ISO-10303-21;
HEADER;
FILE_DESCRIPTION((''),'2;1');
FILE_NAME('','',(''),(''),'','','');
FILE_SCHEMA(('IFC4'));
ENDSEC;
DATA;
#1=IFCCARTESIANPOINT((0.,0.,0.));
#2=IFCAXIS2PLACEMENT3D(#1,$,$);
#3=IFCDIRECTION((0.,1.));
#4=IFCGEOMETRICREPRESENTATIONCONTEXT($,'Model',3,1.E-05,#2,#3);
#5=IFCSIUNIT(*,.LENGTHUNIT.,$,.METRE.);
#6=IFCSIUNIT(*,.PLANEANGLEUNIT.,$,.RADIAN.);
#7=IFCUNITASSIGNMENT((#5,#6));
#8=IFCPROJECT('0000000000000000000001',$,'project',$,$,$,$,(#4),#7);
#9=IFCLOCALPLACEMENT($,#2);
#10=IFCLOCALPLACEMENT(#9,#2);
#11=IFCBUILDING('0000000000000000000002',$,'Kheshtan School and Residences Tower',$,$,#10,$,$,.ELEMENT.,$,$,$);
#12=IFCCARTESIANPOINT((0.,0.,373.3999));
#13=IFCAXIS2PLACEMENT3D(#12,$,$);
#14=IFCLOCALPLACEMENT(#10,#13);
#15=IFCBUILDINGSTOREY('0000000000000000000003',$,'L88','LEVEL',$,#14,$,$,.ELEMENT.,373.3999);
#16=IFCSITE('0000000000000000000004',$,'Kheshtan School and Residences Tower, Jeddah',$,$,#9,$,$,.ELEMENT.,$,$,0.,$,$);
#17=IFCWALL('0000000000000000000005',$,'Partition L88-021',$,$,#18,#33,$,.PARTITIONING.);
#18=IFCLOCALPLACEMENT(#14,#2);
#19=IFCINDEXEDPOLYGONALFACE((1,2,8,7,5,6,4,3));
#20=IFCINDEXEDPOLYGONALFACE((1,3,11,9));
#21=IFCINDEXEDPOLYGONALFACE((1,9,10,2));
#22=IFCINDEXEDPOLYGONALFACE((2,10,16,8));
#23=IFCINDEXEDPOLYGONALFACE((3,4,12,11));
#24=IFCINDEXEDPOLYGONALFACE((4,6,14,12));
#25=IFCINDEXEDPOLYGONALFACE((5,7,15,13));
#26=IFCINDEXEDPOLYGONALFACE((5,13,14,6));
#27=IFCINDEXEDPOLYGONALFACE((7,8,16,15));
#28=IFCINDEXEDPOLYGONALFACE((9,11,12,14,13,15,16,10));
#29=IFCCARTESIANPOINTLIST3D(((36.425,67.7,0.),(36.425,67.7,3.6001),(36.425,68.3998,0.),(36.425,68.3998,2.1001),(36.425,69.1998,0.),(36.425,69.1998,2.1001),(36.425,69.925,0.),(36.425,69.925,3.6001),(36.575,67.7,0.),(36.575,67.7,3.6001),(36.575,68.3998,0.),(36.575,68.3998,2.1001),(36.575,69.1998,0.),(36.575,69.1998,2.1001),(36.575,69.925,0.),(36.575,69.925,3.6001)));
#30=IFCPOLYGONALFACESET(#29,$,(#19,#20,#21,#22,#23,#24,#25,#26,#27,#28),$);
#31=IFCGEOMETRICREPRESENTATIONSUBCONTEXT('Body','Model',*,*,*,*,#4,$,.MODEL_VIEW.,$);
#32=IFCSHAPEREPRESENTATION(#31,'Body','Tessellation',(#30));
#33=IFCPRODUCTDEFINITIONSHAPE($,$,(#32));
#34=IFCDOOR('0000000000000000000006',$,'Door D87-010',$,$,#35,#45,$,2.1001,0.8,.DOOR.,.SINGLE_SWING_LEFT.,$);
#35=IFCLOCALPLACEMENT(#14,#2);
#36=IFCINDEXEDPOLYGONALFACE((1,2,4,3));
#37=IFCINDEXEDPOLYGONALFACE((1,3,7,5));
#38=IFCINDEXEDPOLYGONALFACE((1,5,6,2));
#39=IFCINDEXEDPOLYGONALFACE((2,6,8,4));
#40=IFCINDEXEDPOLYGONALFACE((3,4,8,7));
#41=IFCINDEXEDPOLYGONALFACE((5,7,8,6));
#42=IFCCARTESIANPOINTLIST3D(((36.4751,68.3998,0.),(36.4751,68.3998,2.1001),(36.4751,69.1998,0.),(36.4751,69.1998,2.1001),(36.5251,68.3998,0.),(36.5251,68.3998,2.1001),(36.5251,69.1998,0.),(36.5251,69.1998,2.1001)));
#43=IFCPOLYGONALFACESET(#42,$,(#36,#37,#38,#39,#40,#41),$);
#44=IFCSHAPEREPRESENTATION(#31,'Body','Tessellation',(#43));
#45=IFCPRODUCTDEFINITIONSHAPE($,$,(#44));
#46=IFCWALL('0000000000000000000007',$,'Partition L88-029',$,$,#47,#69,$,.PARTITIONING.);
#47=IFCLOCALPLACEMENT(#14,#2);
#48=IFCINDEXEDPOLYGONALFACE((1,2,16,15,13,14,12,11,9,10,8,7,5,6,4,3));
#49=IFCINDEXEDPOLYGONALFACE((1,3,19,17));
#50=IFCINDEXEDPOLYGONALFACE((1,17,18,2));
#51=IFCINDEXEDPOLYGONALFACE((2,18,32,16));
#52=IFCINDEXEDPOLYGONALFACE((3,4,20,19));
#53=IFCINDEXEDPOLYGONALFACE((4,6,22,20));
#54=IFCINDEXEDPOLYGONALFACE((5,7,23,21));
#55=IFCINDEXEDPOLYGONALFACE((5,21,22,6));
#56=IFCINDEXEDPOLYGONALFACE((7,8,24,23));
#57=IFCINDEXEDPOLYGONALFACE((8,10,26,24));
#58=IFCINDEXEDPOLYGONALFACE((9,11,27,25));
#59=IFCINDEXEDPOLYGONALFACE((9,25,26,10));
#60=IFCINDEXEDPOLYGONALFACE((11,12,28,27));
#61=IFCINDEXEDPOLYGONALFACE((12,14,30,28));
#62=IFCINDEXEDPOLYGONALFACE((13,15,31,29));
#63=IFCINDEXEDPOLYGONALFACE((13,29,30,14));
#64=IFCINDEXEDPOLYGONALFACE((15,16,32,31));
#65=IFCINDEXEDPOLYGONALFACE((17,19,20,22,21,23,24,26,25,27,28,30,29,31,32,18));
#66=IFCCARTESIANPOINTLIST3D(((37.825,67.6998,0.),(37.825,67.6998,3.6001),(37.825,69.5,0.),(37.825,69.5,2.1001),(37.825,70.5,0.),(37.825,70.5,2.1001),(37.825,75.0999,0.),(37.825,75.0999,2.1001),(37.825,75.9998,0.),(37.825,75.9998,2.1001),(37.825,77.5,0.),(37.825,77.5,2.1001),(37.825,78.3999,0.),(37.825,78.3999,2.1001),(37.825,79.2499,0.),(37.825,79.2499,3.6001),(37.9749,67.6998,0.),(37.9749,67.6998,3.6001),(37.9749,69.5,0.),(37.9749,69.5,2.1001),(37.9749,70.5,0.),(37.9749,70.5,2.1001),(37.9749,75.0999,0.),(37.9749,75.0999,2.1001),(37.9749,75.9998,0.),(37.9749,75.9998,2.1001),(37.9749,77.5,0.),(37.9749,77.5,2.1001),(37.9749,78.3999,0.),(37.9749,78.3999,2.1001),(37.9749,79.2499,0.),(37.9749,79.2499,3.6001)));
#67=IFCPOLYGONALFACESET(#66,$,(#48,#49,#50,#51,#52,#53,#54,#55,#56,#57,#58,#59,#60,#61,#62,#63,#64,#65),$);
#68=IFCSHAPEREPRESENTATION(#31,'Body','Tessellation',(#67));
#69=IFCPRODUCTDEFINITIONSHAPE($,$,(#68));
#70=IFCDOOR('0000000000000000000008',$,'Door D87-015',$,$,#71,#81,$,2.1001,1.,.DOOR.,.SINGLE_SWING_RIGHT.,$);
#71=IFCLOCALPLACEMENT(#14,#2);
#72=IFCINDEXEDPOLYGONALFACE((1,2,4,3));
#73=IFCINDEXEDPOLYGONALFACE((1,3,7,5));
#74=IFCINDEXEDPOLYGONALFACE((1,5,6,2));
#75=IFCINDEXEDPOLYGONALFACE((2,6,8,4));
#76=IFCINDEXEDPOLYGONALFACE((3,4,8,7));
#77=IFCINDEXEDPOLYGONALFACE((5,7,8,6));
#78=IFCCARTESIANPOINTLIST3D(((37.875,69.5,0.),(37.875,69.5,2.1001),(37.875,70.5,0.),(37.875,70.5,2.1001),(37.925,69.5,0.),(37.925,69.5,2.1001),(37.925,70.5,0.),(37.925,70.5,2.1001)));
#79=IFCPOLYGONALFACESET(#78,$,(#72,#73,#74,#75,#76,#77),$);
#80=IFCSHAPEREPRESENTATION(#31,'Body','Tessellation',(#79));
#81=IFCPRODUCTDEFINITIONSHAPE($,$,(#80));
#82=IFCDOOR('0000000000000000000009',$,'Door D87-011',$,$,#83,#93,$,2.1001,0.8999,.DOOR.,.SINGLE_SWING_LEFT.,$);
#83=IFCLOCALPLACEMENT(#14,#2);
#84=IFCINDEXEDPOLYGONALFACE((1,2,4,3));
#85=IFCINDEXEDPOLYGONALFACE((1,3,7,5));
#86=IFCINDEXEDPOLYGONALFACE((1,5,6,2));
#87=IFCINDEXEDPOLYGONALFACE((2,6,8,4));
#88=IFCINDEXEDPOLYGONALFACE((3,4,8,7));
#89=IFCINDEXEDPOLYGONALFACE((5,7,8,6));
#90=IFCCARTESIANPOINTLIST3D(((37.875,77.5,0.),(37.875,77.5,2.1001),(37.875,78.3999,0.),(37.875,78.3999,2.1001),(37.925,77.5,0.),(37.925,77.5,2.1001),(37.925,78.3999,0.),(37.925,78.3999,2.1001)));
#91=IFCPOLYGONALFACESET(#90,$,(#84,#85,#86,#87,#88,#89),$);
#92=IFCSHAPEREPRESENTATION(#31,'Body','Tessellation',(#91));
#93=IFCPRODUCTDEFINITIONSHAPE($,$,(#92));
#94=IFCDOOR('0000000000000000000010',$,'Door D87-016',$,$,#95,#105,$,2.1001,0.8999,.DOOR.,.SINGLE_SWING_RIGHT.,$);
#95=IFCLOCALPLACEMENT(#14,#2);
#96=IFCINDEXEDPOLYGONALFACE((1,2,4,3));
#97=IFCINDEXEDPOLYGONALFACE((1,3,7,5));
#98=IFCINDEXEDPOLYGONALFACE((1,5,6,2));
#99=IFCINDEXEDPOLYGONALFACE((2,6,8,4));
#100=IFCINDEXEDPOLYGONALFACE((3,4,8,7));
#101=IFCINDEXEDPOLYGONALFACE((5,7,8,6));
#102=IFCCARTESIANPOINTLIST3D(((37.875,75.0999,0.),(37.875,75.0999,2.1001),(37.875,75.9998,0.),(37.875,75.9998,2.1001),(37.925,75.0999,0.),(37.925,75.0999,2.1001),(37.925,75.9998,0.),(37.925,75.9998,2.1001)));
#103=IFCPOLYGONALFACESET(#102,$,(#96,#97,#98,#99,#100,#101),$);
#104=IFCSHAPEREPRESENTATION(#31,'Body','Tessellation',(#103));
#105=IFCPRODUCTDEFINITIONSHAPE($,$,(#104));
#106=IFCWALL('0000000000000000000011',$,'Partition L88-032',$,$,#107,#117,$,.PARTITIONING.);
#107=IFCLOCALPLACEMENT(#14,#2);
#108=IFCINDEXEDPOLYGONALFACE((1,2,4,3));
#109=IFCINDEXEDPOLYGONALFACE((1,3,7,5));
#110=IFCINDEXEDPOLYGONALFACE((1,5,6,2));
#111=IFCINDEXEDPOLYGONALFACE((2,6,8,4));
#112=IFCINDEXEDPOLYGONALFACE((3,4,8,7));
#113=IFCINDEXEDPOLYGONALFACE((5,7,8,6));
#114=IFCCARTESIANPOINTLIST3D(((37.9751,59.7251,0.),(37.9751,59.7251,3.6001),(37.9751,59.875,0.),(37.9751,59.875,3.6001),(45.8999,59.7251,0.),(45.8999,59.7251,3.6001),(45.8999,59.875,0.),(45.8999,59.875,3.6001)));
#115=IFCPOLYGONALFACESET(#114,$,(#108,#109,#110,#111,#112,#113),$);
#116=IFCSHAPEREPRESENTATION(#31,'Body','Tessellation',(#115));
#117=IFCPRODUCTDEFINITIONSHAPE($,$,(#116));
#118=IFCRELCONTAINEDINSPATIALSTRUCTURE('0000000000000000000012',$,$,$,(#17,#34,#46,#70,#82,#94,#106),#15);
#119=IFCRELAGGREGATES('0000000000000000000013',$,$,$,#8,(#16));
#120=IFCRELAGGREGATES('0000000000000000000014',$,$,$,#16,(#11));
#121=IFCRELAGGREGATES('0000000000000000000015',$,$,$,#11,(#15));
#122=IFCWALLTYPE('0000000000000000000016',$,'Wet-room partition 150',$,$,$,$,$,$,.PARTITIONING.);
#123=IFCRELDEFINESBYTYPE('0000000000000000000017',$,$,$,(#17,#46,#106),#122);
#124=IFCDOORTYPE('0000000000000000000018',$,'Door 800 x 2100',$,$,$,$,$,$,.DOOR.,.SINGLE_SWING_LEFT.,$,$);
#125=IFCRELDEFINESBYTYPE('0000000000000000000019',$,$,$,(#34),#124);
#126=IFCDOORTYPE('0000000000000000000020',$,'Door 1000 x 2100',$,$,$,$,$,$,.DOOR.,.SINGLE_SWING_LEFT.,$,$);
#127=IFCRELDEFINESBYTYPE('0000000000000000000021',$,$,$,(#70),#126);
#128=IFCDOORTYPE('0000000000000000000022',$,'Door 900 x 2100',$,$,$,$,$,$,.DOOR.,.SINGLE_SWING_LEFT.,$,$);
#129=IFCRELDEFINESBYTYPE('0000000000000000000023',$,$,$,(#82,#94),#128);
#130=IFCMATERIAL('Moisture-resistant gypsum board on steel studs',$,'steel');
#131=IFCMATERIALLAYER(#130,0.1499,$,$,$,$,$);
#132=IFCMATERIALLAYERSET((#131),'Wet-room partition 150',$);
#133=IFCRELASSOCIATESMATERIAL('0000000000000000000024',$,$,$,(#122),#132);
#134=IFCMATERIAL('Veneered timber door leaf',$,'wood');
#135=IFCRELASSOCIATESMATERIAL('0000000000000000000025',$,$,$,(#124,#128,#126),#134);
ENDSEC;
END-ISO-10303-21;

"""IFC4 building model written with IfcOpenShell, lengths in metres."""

from ifc_helpers import new_model, si_unit, direction, frame, frame_2d, origin, place, context, subcontext, project, spatial, rectangle, extrude, source, transform, mapped, material, layer, layer_set, type_object, element, fill, save


model = new_model("IFC4")

# Units and contexts
model_context = context("Model", 3, precision=1e-05, world=origin(), true_north=direction((0.0, 1.0)))
body_context = subcontext(model_context, "Body", "Model", "MODEL_VIEW")
ifc_project = project(units=[si_unit("LENGTHUNIT", "METRE"), si_unit("PLANEANGLEUNIT", "RADIAN")], contexts=[model_context])

# Site, building, storey
site_placement = place(None, origin())
site = spatial("IfcSite", under=ifc_project, at=site_placement, Name="Kheshtan School and Residences Tower, Jeddah", CompositionType="ELEMENT", RefElevation=0.0)
building_placement = place(site_placement, origin())
building = spatial("IfcBuilding", under=site, at=building_placement, Name="Kheshtan School and Residences Tower", CompositionType="ELEMENT")
storey_placement = place(building_placement, frame((0.0, 0.0, 373.3999)))
storey = spatial("IfcBuildingStorey", under=building, at=storey_placement, Name="L88", Description="LEVEL", CompositionType="ELEMENT", Elevation=373.3999)

# Shared definitions
ifc_material_1 = material(Name="Moisture-resistant gypsum board on steel studs", Category="steel")
ifc_layer_1 = layer(ifc_material_1, 0.1499)
ifc_layer_set_1 = layer_set([ifc_layer_1], Name="Wet-room partition 150")
wall_type_1 = type_object("IfcWallType", Name="Wet-room partition 150", PredefinedType="PARTITIONING", material=ifc_layer_set_1)

# Shared definitions
ifc_material_2 = material(Name="Veneered timber door leaf", Category="wood")
door_type_1 = type_object("IfcDoorType", Name="Door 800 x 2100", OperationType="SINGLE_SWING_LEFT", PredefinedType="DOOR", material=ifc_material_2)
shared_shape_1 = source(origin(), body_context, "Body", "SweptSolid", [
    extrude(rectangle(XDim=0.8, YDim=2.1001, at=frame_2d((0.3999, 1.05))), frame((0.0, 0.0249, 0.0), z_axis=(0.0, -1.0, 0.0), x_axis=(1.0, 0.0, 0.0)), (0.0, 0.0, 1.0), 0.05),
])
door_type_2 = type_object("IfcDoorType", Name="Door 900 x 2100", OperationType="SINGLE_SWING_LEFT", PredefinedType="DOOR", material=ifc_material_2)
shared_shape_2 = source(origin(), body_context, "Body", "SweptSolid", [
    extrude(rectangle(XDim=0.8999, YDim=2.1001, at=frame_2d((0.45, 1.05))), frame((0.0, 0.0249, 0.0), z_axis=(0.0, -1.0, 0.0), x_axis=(1.0, 0.0, 0.0)), (0.0, 0.0, 1.0), 0.05),
])

# Wall, opening, door
wall_1_placement = place(storey_placement, frame((36.5, 67.7, 0.0), z_axis=(0.0, 0.0, 1.0), x_axis=(0.0, 1.0, 0.0)))
wall_1 = element("IfcWall", 1, at=wall_1_placement, inside=storey, type_object=wall_type_1, Name="Partition L88-021", PredefinedType="PARTITIONING", context=body_context, shape_type="SweptSolid", body=[
    extrude(rectangle(XDim=2.2251, YDim=0.1499, at=frame_2d((1.1125, 0.0))), origin(), (0.0, 0.0, 1.0), 3.6001),
])
opening_1_placement = place(wall_1_placement, frame((0.7, 0.0, 0.0)))
opening_1 = element("IfcOpeningElement", 2, at=opening_1_placement, cuts=wall_1, PredefinedType="OPENING", context=body_context, shape_type="SweptSolid", body=[
    extrude(rectangle(XDim=0.8, YDim=2.1001, at=frame_2d((0.3999, 1.05))), frame((0.0, 0.085, 0.0), z_axis=(0.0, -1.0, 0.0), x_axis=(1.0, 0.0, 0.0)), (0.0, 0.0, 1.0), 0.1699),
])
door_1_placement = place(opening_1_placement, origin())
door_1 = element("IfcDoor", 3, at=door_1_placement, inside=storey, type_object=door_type_1, Name="Door D87-010", OperationType="SINGLE_SWING_LEFT", OverallHeight=2.1001, OverallWidth=0.8, PredefinedType="DOOR", context=body_context, shape_type="MappedRepresentation", body=[
    mapped(shared_shape_1, transform((0.0, 0.0, 0.0), x_axis=(1.0, 0.0, 0.0), y_axis=(0.0, 1.0, 0.0), z_axis=(0.0, 0.0, 1.0), scale=1.0)),
])
fill(opening_1, door_1)

# Wall, openings, doors
wall_2_placement = place(storey_placement, frame((37.8999, 67.7, 0.0), z_axis=(0.0, 0.0, 1.0), x_axis=(0.0, 1.0, 0.0)))
wall_2 = element("IfcWall", 4, at=wall_2_placement, inside=storey, type_object=wall_type_1, Name="Partition L88-029", PredefinedType="PARTITIONING", context=body_context, shape_type="SweptSolid", body=[
    extrude(rectangle(XDim=11.55, YDim=0.1499, at=frame_2d((5.7749, 0.0))), origin(), (0.0, 0.0, 1.0), 3.6001),
])
opening_2_placement = place(wall_2_placement, frame((9.8, 0.0, 0.0)))
opening_2 = element("IfcOpeningElement", 5, at=opening_2_placement, cuts=wall_2, PredefinedType="OPENING", context=body_context, shape_type="SweptSolid", body=[
    extrude(rectangle(XDim=0.8999, YDim=2.1001, at=frame_2d((0.45, 1.05))), frame((0.0, 0.085, 0.0), z_axis=(0.0, -1.0, 0.0), x_axis=(1.0, 0.0, 0.0)), (0.0, 0.0, 1.0), 0.1699),
])
opening_3_placement = place(wall_2_placement, frame((1.8, 0.0, 0.0)))
opening_3 = element("IfcOpeningElement", 6, at=opening_3_placement, cuts=wall_2, PredefinedType="OPENING", context=body_context, shape_type="SweptSolid", body=[
    extrude(rectangle(XDim=1.0, YDim=2.1001, at=frame_2d((0.5, 1.05))), frame((0.0, 0.085, 0.0), z_axis=(0.0, -1.0, 0.0), x_axis=(1.0, 0.0, 0.0)), (0.0, 0.0, 1.0), 0.1699),
])
opening_4_placement = place(wall_2_placement, frame((7.3999, 0.0, 0.0)))
opening_4 = element("IfcOpeningElement", 7, at=opening_4_placement, cuts=wall_2, PredefinedType="OPENING", context=body_context, shape_type="SweptSolid", body=[
    extrude(rectangle(XDim=0.8999, YDim=2.1001, at=frame_2d((0.45, 1.05))), frame((0.0, 0.085, 0.0), z_axis=(0.0, -1.0, 0.0), x_axis=(1.0, 0.0, 0.0)), (0.0, 0.0, 1.0), 0.1699),
])
door_type_3 = type_object("IfcDoorType", Name="Door 1000 x 2100", OperationType="SINGLE_SWING_LEFT", PredefinedType="DOOR", material=ifc_material_2)
shared_shape_3 = source(origin(), body_context, "Body", "SweptSolid", [
    extrude(rectangle(XDim=1.0, YDim=2.1001, at=frame_2d((0.5, 1.05))), frame((0.0, 0.0249, 0.0), z_axis=(0.0, -1.0, 0.0), x_axis=(1.0, 0.0, 0.0)), (0.0, 0.0, 1.0), 0.05),
])
door_2_placement = place(opening_3_placement, origin())
door_2 = element("IfcDoor", 8, at=door_2_placement, inside=storey, type_object=door_type_3, Name="Door D87-015", OperationType="SINGLE_SWING_RIGHT", OverallHeight=2.1001, OverallWidth=1.0, PredefinedType="DOOR", context=body_context, shape_type="MappedRepresentation", body=[
    mapped(shared_shape_3, transform((0.0, 0.0, 0.0), x_axis=(1.0, 0.0, 0.0), y_axis=(0.0, 1.0, 0.0), z_axis=(0.0, 0.0, 1.0), scale=1.0)),
])
fill(opening_3, door_2)
door_3_placement = place(opening_2_placement, origin())
door_3 = element("IfcDoor", 9, at=door_3_placement, inside=storey, type_object=door_type_2, Name="Door D87-011", OperationType="SINGLE_SWING_LEFT", OverallHeight=2.1001, OverallWidth=0.8999, PredefinedType="DOOR", context=body_context, shape_type="MappedRepresentation", body=[
    mapped(shared_shape_2, transform((0.0, 0.0, 0.0), x_axis=(1.0, 0.0, 0.0), y_axis=(0.0, 1.0, 0.0), z_axis=(0.0, 0.0, 1.0), scale=1.0)),
])
fill(opening_2, door_3)
door_4_placement = place(opening_4_placement, origin())
door_4 = element("IfcDoor", 10, at=door_4_placement, inside=storey, type_object=door_type_2, Name="Door D87-016", OperationType="SINGLE_SWING_RIGHT", OverallHeight=2.1001, OverallWidth=0.8999, PredefinedType="DOOR", context=body_context, shape_type="MappedRepresentation", body=[
    mapped(shared_shape_2, transform((0.0, 0.0, 0.0), x_axis=(1.0, 0.0, 0.0), y_axis=(0.0, 1.0, 0.0), z_axis=(0.0, 0.0, 1.0), scale=1.0)),
])
fill(opening_4, door_4)

# Wall
wall_3_placement = place(storey_placement, frame((37.9751, 59.8, 0.0), z_axis=(0.0, 0.0, 1.0), x_axis=(1.0, 0.0, 0.0)))
element("IfcWall", 11, at=wall_3_placement, inside=storey, type_object=wall_type_1, Name="Partition L88-032", PredefinedType="PARTITIONING", context=body_context, shape_type="SweptSolid", body=[
    extrude(rectangle(XDim=7.9248, YDim=0.1499, at=frame_2d((3.9624, 0.0))), origin(), (0.0, 0.0, 1.0), 3.6001),
])

save(model, "model.ifc")
